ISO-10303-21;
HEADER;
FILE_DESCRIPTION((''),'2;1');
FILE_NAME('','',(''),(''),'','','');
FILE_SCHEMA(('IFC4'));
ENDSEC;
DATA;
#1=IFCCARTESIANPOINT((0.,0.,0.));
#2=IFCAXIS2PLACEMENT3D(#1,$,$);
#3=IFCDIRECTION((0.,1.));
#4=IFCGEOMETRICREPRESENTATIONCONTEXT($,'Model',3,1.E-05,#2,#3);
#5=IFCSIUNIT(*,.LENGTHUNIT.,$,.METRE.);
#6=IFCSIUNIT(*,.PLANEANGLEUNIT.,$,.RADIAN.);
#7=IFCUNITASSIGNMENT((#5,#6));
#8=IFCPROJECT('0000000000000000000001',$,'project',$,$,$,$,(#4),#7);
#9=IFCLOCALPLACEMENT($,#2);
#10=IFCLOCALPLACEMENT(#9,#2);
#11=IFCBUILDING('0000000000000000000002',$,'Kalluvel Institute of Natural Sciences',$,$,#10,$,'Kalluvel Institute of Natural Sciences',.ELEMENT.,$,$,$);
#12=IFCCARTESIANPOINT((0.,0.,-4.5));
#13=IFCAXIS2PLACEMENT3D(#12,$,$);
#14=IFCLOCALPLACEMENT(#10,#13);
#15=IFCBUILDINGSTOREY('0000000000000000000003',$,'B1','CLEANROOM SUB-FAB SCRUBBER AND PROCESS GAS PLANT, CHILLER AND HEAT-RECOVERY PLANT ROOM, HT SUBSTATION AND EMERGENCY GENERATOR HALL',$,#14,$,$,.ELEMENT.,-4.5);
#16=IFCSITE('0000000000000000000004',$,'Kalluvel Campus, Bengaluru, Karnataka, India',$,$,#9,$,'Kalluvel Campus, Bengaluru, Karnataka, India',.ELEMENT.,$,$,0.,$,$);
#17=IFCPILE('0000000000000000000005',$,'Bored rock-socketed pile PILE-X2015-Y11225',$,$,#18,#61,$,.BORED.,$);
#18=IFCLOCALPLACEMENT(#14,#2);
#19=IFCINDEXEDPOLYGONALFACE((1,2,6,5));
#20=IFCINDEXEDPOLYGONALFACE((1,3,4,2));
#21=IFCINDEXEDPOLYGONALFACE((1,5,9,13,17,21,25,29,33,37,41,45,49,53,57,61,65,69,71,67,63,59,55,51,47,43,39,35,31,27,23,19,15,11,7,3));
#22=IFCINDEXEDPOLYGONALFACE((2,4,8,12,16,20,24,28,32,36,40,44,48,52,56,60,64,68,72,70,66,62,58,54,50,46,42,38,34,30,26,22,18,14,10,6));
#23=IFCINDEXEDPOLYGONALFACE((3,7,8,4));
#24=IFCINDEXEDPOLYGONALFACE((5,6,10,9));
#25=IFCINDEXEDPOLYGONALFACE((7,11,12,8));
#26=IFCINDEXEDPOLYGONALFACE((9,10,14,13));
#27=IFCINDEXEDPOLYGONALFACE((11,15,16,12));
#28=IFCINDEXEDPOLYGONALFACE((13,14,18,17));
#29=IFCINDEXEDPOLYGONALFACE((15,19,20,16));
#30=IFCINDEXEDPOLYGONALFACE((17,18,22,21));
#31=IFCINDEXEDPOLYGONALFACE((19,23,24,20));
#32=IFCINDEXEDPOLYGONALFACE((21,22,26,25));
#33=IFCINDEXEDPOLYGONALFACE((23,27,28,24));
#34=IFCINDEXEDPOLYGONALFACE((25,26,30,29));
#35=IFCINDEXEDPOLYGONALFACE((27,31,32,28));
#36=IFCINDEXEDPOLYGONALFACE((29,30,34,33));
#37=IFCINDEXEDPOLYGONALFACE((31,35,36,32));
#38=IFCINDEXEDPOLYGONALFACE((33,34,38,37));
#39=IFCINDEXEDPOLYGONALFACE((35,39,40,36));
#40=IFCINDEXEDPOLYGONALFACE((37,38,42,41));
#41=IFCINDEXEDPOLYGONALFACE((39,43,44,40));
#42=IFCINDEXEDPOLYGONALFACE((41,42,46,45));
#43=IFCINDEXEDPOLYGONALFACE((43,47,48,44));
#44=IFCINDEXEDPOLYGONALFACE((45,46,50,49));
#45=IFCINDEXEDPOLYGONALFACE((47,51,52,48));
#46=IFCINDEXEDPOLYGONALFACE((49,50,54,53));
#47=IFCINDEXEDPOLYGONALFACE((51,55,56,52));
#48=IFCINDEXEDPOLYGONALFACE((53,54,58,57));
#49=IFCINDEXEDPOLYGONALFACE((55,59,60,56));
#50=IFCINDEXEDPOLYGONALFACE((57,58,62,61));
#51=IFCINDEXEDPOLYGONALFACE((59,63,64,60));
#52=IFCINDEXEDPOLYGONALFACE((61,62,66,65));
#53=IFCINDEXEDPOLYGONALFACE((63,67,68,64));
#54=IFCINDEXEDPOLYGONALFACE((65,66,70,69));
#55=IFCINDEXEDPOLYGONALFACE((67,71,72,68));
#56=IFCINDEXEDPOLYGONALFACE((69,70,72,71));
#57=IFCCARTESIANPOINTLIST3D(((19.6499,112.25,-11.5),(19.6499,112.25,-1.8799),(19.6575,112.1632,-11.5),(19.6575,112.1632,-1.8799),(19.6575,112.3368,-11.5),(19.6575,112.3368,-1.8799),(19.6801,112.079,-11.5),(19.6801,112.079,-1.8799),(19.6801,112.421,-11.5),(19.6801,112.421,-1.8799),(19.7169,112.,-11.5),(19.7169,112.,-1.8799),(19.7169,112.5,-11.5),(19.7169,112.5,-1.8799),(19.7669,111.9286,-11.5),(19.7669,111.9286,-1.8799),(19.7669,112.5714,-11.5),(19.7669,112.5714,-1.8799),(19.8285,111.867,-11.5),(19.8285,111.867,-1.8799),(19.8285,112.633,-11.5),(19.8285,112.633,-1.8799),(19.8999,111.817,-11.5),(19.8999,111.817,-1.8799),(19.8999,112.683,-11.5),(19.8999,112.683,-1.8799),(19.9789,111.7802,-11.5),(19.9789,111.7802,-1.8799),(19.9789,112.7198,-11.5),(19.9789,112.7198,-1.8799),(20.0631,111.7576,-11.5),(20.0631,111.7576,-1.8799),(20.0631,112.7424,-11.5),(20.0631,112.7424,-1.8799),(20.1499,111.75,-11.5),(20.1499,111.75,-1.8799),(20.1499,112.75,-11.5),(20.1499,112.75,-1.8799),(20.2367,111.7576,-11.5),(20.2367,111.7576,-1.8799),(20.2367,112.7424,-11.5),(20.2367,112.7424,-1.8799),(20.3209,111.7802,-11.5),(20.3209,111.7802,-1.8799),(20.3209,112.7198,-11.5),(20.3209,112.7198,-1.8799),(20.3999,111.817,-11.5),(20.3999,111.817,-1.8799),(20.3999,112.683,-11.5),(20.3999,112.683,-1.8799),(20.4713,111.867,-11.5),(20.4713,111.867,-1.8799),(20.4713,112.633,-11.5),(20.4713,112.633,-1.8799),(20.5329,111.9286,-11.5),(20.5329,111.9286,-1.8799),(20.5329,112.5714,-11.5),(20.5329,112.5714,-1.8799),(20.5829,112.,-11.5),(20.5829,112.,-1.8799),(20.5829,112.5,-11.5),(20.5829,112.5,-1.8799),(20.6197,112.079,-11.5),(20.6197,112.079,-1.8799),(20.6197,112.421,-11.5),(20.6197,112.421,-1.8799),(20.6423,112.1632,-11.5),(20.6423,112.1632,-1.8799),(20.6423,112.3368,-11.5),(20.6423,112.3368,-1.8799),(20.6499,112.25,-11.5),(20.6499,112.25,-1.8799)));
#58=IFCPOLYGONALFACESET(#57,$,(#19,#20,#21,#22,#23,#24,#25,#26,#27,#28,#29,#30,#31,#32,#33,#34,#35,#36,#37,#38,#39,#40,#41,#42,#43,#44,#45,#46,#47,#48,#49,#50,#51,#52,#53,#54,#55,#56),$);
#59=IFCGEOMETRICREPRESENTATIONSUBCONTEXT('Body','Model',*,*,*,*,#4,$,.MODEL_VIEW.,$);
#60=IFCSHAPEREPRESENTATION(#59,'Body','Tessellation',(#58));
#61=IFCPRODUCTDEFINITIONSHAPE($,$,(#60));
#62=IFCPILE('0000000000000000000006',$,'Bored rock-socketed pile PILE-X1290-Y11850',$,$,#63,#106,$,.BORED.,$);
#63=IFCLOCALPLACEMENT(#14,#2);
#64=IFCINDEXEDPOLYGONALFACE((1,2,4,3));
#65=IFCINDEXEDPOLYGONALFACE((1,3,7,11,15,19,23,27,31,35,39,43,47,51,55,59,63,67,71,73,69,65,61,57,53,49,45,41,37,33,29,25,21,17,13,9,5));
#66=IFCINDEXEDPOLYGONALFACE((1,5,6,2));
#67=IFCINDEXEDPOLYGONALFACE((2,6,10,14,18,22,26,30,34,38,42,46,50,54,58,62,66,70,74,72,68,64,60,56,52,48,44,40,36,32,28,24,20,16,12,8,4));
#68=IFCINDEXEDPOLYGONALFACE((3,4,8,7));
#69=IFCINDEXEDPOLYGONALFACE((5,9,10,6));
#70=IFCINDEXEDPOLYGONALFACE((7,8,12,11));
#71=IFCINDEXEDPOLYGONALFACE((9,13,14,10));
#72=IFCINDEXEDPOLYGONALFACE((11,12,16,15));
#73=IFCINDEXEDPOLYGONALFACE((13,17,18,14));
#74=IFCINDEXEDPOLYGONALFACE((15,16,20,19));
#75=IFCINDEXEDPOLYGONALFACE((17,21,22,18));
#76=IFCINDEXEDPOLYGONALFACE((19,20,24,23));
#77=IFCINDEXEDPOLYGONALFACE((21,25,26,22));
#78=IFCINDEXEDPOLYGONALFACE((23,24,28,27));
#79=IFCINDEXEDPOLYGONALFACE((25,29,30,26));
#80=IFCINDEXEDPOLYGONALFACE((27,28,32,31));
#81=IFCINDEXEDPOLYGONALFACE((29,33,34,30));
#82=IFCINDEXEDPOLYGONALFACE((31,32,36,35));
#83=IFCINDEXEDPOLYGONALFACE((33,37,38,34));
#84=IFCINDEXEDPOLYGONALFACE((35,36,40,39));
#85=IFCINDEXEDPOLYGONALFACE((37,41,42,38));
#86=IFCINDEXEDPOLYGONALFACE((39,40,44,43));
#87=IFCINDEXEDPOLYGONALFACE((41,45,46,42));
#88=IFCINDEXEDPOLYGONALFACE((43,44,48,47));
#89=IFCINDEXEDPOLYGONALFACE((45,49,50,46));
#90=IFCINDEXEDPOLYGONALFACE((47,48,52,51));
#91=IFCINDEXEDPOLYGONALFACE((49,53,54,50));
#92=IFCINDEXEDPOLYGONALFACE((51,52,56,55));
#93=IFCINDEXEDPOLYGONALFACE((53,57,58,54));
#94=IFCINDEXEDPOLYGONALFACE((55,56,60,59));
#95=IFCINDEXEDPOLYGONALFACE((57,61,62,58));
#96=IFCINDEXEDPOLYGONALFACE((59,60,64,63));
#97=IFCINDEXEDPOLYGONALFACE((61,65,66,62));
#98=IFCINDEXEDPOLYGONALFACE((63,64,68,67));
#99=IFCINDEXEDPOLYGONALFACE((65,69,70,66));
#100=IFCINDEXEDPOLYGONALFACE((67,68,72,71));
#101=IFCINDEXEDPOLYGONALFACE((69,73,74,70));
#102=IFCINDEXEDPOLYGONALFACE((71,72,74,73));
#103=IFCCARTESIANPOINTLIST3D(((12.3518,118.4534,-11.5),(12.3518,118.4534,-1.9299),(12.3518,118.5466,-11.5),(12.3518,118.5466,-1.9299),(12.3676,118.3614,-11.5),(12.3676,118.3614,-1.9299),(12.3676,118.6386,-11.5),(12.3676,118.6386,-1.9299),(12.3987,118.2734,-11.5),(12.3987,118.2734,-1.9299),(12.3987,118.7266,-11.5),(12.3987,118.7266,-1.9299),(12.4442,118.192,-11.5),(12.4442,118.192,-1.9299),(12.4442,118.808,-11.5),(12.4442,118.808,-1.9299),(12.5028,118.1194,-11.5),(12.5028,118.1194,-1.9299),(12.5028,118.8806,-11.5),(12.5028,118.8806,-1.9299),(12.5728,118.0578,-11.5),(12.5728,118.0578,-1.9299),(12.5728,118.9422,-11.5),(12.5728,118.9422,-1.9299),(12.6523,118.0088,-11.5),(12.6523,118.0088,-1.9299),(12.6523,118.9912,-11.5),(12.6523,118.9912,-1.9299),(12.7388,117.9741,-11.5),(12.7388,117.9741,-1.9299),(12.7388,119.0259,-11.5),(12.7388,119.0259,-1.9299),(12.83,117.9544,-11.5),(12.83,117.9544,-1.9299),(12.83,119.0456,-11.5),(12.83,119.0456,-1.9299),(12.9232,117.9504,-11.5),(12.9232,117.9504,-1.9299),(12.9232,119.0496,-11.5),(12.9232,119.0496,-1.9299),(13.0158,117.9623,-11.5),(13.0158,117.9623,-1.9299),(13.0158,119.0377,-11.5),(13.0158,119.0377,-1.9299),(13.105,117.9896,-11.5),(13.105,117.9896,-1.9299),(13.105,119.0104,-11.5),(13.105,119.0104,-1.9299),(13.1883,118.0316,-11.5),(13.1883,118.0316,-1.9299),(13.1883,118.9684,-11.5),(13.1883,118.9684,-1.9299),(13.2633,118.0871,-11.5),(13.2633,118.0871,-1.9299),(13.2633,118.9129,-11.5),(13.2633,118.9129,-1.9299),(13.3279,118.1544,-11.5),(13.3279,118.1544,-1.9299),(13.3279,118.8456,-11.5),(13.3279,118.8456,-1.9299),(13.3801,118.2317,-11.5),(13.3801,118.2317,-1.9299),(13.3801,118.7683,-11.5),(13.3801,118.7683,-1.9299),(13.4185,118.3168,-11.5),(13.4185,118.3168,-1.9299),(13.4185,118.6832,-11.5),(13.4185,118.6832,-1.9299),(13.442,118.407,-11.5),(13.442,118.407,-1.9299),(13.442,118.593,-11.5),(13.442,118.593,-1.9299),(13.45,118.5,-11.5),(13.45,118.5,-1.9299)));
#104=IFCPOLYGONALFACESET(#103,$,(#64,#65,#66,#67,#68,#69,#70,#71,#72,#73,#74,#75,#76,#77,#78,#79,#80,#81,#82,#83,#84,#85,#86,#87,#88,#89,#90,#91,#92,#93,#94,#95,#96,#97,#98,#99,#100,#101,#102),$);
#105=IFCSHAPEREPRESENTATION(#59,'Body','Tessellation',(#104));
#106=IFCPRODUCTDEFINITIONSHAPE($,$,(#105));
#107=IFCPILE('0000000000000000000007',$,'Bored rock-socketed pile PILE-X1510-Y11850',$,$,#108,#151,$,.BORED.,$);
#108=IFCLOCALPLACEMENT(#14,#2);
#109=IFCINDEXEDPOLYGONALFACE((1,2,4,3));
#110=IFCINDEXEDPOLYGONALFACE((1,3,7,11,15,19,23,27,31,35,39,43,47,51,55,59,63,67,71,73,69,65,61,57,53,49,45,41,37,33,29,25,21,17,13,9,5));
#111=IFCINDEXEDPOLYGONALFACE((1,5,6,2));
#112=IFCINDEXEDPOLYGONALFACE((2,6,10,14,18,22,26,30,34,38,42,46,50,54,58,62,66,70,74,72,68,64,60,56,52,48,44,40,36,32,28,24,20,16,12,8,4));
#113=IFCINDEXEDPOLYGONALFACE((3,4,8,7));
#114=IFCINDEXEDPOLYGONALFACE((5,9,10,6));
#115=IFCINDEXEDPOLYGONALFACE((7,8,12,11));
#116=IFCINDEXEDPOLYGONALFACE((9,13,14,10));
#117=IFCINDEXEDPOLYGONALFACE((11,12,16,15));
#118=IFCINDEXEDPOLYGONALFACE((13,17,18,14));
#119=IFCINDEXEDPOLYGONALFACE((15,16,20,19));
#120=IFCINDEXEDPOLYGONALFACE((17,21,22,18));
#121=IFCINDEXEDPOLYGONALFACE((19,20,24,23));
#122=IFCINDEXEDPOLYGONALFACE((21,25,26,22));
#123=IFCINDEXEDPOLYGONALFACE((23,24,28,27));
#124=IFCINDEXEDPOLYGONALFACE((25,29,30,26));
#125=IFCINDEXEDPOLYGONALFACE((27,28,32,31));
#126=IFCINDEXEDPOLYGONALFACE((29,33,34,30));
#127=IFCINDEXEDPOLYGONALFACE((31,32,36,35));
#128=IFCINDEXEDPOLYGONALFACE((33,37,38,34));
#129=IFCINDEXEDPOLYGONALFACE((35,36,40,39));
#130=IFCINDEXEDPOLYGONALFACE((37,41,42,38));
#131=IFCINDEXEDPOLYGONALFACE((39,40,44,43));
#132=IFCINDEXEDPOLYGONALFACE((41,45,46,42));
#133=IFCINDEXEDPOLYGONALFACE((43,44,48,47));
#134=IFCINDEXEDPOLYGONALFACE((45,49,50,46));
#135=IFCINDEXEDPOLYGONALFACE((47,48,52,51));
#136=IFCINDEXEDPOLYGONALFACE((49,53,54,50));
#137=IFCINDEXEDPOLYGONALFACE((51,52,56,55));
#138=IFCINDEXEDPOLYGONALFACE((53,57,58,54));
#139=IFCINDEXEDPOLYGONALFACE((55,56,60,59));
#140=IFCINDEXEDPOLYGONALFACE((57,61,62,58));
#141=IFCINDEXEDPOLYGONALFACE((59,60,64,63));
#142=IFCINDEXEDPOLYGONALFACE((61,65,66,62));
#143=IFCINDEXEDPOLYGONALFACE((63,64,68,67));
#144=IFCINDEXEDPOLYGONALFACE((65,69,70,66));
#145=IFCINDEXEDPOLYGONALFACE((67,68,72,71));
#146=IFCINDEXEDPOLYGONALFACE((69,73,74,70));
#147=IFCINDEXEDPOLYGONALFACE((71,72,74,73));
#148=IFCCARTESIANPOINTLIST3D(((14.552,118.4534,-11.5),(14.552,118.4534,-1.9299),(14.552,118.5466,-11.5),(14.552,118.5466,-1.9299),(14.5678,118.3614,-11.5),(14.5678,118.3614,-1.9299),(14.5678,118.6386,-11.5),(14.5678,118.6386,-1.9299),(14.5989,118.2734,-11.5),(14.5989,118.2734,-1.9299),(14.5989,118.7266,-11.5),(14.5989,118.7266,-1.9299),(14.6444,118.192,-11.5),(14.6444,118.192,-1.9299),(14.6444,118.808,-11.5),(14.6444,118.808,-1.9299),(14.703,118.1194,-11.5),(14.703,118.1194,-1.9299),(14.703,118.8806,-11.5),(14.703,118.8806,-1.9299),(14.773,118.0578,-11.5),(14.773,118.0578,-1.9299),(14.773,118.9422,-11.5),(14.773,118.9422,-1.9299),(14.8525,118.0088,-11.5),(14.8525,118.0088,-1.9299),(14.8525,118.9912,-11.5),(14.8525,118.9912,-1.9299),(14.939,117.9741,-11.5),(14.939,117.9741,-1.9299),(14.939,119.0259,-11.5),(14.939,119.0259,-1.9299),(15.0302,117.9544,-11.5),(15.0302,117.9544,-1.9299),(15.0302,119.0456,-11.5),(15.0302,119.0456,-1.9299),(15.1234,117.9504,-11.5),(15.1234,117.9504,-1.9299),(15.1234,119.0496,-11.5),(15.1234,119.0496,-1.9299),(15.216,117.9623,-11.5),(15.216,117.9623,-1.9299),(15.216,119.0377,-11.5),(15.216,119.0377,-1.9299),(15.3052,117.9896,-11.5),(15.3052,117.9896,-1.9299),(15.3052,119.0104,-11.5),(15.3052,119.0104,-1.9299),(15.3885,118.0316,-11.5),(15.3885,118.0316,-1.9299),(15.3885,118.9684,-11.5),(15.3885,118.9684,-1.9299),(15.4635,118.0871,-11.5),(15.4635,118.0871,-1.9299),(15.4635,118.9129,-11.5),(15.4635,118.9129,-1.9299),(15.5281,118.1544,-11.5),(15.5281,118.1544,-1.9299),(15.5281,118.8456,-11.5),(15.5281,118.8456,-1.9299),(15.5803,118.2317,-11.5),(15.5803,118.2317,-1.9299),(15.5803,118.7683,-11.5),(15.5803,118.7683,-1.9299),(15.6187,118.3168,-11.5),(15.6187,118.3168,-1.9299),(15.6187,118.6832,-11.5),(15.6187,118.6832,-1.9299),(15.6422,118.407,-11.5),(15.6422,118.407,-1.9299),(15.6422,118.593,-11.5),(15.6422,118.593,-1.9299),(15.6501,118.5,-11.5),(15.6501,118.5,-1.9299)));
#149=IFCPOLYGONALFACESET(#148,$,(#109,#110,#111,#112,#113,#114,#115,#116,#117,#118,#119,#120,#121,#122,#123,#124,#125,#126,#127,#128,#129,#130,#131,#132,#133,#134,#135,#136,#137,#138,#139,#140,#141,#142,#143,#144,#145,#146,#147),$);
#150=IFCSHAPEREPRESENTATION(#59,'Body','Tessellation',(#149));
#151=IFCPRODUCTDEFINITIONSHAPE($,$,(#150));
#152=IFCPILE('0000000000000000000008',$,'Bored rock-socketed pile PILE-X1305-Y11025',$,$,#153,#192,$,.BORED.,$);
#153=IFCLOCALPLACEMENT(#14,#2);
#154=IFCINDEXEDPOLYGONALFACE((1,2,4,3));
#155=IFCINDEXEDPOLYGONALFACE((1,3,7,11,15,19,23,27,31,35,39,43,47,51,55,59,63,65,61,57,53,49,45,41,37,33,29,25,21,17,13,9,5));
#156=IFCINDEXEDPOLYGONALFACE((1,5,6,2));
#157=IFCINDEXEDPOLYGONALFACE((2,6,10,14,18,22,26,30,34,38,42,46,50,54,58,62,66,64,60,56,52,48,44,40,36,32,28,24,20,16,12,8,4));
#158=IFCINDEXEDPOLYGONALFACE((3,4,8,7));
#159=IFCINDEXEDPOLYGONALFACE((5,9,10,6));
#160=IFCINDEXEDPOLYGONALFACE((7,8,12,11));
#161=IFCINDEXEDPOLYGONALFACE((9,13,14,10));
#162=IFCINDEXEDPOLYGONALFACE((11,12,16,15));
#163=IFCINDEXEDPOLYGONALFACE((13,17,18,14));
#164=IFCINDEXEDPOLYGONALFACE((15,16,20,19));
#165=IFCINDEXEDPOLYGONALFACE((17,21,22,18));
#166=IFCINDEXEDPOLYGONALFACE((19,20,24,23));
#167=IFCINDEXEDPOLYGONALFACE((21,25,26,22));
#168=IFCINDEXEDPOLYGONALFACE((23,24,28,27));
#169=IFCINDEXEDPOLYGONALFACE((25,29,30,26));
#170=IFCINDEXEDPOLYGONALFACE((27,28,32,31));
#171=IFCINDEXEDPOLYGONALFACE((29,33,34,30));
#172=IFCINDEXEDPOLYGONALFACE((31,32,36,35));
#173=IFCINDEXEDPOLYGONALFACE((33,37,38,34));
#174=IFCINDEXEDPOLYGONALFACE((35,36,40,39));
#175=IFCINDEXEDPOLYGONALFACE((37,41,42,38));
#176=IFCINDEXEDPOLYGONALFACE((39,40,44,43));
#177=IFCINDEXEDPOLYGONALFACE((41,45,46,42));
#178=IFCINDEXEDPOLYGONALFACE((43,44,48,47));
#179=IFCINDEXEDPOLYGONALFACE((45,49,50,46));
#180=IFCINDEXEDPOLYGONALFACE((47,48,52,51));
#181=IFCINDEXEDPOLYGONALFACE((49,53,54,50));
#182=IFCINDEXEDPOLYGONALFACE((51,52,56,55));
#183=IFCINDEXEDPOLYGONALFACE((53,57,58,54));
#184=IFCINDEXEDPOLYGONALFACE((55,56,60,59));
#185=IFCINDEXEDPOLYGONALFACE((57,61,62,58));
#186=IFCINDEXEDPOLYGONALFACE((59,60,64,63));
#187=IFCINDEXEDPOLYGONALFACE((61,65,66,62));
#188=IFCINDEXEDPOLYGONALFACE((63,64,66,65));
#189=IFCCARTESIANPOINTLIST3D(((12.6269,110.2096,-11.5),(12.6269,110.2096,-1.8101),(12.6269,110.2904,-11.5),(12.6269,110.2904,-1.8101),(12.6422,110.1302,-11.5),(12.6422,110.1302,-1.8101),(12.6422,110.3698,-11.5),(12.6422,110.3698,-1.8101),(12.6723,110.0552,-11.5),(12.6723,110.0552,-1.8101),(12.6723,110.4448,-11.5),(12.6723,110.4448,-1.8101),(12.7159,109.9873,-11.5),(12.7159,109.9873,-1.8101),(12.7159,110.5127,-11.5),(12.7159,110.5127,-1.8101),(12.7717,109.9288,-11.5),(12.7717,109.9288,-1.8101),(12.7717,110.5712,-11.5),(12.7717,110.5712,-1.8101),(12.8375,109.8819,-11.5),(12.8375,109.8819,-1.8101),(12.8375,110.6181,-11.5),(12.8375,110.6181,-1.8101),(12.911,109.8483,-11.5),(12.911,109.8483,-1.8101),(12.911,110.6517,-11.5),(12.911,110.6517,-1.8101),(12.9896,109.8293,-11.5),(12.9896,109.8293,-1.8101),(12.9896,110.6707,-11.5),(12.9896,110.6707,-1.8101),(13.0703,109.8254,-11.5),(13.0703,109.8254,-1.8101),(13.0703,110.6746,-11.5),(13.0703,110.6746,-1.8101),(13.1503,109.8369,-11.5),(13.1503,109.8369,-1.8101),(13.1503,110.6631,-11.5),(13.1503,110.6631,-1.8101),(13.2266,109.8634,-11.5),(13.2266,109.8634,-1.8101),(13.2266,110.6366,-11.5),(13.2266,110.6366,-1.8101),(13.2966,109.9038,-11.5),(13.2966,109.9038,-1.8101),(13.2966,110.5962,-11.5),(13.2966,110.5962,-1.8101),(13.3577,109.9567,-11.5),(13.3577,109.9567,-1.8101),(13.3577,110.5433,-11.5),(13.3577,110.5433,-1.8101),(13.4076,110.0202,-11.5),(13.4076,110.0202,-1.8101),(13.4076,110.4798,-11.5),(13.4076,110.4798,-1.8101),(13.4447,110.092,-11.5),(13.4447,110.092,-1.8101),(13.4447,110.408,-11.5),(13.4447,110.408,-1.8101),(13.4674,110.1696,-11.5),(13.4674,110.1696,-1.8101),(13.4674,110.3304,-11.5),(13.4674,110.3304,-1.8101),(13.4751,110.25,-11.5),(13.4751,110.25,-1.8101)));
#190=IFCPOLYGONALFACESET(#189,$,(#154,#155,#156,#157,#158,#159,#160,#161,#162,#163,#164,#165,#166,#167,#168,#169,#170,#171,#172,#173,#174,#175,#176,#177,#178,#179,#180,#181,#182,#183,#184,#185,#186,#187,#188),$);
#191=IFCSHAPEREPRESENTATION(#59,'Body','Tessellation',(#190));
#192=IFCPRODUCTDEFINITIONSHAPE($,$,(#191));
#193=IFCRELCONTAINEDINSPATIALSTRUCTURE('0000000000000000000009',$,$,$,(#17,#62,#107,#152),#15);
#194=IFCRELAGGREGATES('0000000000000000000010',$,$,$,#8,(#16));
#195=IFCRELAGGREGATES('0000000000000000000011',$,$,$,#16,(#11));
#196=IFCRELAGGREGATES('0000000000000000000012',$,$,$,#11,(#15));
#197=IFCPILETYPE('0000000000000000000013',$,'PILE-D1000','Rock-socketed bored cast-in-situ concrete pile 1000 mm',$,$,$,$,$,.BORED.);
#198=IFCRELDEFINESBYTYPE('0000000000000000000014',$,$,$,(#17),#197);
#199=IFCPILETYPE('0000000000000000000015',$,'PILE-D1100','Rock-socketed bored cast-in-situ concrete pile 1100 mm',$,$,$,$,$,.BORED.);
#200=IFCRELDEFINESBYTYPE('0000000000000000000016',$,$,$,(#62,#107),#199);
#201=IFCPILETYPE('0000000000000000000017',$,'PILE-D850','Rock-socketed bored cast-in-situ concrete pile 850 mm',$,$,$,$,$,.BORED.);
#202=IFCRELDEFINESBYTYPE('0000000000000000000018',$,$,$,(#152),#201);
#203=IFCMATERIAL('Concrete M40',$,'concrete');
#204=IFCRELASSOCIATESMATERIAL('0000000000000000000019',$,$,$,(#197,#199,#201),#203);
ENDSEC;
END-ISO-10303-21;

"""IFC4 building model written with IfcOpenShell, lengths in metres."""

from ifc_helpers import new_model, si_unit, direction, frame, origin, origin_2d, place, context, subcontext, project, spatial, circle, extrude, material, material_profile, profile_set, type_object, element, save


model = new_model("IFC4")

# Units and contexts
model_context = context("Model", 3, precision=1e-05, world=origin(), true_north=direction((0.0, 1.0)))
body_context = subcontext(model_context, "Body", "Model", "MODEL_VIEW")
ifc_project = project(units=[si_unit("LENGTHUNIT", "METRE"), si_unit("PLANEANGLEUNIT", "RADIAN")], contexts=[model_context])

# Site, building, storey
site_placement = place(None, origin())
site = spatial("IfcSite", under=ifc_project, at=site_placement, Name="Kalluvel Campus, Bengaluru, Karnataka, India", LongName="Kalluvel Campus, Bengaluru, Karnataka, India", CompositionType="ELEMENT", RefElevation=0.0)
building_placement = place(site_placement, origin())
building = spatial("IfcBuilding", under=site, at=building_placement, Name="Kalluvel Institute of Natural Sciences", LongName="Kalluvel Institute of Natural Sciences", CompositionType="ELEMENT")
storey_placement = place(building_placement, frame((0.0, 0.0, -4.5)))
storey = spatial("IfcBuildingStorey", under=building, at=storey_placement, Name="B1", Description="CLEANROOM SUB-FAB SCRUBBER AND PROCESS GAS PLANT, CHILLER AND HEAT-RECOVERY PLANT ROOM, HT SUBSTATION AND EMERGENCY GENERATOR HALL", CompositionType="ELEMENT", Elevation=-4.5)

# Shared definitions
ifc_material_1 = material(Name="Concrete M40", Category="concrete")

# Piles
ifc_material_profile_1 = material_profile(ifc_material_1, circle(Radius=0.5, at=origin_2d()), Name="PILE D1000")
ifc_profile_set_1 = profile_set([ifc_material_profile_1], Name="Concrete M40")
pile_type_1 = type_object("IfcPileType", Name="PILE-D1000", Description="Rock-socketed bored cast-in-situ concrete pile 1000 mm", PredefinedType="BORED", material=ifc_profile_set_1)
for number, where, z_axis, x_axis, name in (
    (1, (20.1499, 112.25, -1.8799), (0.0, 0.0, -1.0), (1.0, 0.0, 0.0), "Bored rock-socketed pile PILE-X2015-Y11225"),
):
    element("IfcPile", number, at=place(storey_placement, frame(where, z_axis=z_axis, x_axis=x_axis)), inside=storey, type_object=pile_type_1, Name=name, PredefinedType="BORED", context=body_context, shape_type="SweptSolid", body=[
        extrude(circle(Radius=0.5, at=origin_2d()), origin(), (0.0, 0.0, 1.0), 9.6201),
    ])
ifc_material_profile_2 = material_profile(ifc_material_1, circle(Radius=0.55, at=origin_2d()), Name="PILE D1100")
ifc_profile_set_2 = profile_set([ifc_material_profile_2], Name="Concrete M40")
pile_type_2 = type_object("IfcPileType", Name="PILE-D1100", Description="Rock-socketed bored cast-in-situ concrete pile 1100 mm", PredefinedType="BORED", material=ifc_profile_set_2)
for number, where, z_axis, x_axis, name in (
    (2, (12.8999, 118.5, -1.9299), (0.0, 0.0, -1.0), (1.0, 0.0, 0.0), "Bored rock-socketed pile PILE-X1290-Y11850"),
    (3, (15.1001, 118.5, -1.9299), (0.0, 0.0, -1.0), (1.0, 0.0, 0.0), "Bored rock-socketed pile PILE-X1510-Y11850"),
):
    element("IfcPile", number, at=place(storey_placement, frame(where, z_axis=z_axis, x_axis=x_axis)), inside=storey, type_object=pile_type_2, Name=name, PredefinedType="BORED", context=body_context, shape_type="SweptSolid", body=[
        extrude(circle(Radius=0.55, at=origin_2d()), origin(), (0.0, 0.0, 1.0), 9.5701),
    ])
ifc_material_profile_3 = material_profile(ifc_material_1, circle(Radius=0.425, at=origin_2d()), Name="PILE D850")
ifc_profile_set_3 = profile_set([ifc_material_profile_3], Name="Concrete M40")
pile_type_3 = type_object("IfcPileType", Name="PILE-D850", Description="Rock-socketed bored cast-in-situ concrete pile 850 mm", PredefinedType="BORED", material=ifc_profile_set_3)
for number, where, z_axis, x_axis, name in (
    (4, (13.05, 110.25, -1.8101), (0.0, 0.0, -1.0), (1.0, 0.0, 0.0), "Bored rock-socketed pile PILE-X1305-Y11025"),
):
    element("IfcPile", number, at=place(storey_placement, frame(where, z_axis=z_axis, x_axis=x_axis)), inside=storey, type_object=pile_type_3, Name=name, PredefinedType="BORED", context=body_context, shape_type="SweptSolid", body=[
        extrude(circle(Radius=0.425, at=origin_2d()), origin(), (0.0, 0.0, 1.0), 9.6899),
    ])

save(model, "model.ifc")
